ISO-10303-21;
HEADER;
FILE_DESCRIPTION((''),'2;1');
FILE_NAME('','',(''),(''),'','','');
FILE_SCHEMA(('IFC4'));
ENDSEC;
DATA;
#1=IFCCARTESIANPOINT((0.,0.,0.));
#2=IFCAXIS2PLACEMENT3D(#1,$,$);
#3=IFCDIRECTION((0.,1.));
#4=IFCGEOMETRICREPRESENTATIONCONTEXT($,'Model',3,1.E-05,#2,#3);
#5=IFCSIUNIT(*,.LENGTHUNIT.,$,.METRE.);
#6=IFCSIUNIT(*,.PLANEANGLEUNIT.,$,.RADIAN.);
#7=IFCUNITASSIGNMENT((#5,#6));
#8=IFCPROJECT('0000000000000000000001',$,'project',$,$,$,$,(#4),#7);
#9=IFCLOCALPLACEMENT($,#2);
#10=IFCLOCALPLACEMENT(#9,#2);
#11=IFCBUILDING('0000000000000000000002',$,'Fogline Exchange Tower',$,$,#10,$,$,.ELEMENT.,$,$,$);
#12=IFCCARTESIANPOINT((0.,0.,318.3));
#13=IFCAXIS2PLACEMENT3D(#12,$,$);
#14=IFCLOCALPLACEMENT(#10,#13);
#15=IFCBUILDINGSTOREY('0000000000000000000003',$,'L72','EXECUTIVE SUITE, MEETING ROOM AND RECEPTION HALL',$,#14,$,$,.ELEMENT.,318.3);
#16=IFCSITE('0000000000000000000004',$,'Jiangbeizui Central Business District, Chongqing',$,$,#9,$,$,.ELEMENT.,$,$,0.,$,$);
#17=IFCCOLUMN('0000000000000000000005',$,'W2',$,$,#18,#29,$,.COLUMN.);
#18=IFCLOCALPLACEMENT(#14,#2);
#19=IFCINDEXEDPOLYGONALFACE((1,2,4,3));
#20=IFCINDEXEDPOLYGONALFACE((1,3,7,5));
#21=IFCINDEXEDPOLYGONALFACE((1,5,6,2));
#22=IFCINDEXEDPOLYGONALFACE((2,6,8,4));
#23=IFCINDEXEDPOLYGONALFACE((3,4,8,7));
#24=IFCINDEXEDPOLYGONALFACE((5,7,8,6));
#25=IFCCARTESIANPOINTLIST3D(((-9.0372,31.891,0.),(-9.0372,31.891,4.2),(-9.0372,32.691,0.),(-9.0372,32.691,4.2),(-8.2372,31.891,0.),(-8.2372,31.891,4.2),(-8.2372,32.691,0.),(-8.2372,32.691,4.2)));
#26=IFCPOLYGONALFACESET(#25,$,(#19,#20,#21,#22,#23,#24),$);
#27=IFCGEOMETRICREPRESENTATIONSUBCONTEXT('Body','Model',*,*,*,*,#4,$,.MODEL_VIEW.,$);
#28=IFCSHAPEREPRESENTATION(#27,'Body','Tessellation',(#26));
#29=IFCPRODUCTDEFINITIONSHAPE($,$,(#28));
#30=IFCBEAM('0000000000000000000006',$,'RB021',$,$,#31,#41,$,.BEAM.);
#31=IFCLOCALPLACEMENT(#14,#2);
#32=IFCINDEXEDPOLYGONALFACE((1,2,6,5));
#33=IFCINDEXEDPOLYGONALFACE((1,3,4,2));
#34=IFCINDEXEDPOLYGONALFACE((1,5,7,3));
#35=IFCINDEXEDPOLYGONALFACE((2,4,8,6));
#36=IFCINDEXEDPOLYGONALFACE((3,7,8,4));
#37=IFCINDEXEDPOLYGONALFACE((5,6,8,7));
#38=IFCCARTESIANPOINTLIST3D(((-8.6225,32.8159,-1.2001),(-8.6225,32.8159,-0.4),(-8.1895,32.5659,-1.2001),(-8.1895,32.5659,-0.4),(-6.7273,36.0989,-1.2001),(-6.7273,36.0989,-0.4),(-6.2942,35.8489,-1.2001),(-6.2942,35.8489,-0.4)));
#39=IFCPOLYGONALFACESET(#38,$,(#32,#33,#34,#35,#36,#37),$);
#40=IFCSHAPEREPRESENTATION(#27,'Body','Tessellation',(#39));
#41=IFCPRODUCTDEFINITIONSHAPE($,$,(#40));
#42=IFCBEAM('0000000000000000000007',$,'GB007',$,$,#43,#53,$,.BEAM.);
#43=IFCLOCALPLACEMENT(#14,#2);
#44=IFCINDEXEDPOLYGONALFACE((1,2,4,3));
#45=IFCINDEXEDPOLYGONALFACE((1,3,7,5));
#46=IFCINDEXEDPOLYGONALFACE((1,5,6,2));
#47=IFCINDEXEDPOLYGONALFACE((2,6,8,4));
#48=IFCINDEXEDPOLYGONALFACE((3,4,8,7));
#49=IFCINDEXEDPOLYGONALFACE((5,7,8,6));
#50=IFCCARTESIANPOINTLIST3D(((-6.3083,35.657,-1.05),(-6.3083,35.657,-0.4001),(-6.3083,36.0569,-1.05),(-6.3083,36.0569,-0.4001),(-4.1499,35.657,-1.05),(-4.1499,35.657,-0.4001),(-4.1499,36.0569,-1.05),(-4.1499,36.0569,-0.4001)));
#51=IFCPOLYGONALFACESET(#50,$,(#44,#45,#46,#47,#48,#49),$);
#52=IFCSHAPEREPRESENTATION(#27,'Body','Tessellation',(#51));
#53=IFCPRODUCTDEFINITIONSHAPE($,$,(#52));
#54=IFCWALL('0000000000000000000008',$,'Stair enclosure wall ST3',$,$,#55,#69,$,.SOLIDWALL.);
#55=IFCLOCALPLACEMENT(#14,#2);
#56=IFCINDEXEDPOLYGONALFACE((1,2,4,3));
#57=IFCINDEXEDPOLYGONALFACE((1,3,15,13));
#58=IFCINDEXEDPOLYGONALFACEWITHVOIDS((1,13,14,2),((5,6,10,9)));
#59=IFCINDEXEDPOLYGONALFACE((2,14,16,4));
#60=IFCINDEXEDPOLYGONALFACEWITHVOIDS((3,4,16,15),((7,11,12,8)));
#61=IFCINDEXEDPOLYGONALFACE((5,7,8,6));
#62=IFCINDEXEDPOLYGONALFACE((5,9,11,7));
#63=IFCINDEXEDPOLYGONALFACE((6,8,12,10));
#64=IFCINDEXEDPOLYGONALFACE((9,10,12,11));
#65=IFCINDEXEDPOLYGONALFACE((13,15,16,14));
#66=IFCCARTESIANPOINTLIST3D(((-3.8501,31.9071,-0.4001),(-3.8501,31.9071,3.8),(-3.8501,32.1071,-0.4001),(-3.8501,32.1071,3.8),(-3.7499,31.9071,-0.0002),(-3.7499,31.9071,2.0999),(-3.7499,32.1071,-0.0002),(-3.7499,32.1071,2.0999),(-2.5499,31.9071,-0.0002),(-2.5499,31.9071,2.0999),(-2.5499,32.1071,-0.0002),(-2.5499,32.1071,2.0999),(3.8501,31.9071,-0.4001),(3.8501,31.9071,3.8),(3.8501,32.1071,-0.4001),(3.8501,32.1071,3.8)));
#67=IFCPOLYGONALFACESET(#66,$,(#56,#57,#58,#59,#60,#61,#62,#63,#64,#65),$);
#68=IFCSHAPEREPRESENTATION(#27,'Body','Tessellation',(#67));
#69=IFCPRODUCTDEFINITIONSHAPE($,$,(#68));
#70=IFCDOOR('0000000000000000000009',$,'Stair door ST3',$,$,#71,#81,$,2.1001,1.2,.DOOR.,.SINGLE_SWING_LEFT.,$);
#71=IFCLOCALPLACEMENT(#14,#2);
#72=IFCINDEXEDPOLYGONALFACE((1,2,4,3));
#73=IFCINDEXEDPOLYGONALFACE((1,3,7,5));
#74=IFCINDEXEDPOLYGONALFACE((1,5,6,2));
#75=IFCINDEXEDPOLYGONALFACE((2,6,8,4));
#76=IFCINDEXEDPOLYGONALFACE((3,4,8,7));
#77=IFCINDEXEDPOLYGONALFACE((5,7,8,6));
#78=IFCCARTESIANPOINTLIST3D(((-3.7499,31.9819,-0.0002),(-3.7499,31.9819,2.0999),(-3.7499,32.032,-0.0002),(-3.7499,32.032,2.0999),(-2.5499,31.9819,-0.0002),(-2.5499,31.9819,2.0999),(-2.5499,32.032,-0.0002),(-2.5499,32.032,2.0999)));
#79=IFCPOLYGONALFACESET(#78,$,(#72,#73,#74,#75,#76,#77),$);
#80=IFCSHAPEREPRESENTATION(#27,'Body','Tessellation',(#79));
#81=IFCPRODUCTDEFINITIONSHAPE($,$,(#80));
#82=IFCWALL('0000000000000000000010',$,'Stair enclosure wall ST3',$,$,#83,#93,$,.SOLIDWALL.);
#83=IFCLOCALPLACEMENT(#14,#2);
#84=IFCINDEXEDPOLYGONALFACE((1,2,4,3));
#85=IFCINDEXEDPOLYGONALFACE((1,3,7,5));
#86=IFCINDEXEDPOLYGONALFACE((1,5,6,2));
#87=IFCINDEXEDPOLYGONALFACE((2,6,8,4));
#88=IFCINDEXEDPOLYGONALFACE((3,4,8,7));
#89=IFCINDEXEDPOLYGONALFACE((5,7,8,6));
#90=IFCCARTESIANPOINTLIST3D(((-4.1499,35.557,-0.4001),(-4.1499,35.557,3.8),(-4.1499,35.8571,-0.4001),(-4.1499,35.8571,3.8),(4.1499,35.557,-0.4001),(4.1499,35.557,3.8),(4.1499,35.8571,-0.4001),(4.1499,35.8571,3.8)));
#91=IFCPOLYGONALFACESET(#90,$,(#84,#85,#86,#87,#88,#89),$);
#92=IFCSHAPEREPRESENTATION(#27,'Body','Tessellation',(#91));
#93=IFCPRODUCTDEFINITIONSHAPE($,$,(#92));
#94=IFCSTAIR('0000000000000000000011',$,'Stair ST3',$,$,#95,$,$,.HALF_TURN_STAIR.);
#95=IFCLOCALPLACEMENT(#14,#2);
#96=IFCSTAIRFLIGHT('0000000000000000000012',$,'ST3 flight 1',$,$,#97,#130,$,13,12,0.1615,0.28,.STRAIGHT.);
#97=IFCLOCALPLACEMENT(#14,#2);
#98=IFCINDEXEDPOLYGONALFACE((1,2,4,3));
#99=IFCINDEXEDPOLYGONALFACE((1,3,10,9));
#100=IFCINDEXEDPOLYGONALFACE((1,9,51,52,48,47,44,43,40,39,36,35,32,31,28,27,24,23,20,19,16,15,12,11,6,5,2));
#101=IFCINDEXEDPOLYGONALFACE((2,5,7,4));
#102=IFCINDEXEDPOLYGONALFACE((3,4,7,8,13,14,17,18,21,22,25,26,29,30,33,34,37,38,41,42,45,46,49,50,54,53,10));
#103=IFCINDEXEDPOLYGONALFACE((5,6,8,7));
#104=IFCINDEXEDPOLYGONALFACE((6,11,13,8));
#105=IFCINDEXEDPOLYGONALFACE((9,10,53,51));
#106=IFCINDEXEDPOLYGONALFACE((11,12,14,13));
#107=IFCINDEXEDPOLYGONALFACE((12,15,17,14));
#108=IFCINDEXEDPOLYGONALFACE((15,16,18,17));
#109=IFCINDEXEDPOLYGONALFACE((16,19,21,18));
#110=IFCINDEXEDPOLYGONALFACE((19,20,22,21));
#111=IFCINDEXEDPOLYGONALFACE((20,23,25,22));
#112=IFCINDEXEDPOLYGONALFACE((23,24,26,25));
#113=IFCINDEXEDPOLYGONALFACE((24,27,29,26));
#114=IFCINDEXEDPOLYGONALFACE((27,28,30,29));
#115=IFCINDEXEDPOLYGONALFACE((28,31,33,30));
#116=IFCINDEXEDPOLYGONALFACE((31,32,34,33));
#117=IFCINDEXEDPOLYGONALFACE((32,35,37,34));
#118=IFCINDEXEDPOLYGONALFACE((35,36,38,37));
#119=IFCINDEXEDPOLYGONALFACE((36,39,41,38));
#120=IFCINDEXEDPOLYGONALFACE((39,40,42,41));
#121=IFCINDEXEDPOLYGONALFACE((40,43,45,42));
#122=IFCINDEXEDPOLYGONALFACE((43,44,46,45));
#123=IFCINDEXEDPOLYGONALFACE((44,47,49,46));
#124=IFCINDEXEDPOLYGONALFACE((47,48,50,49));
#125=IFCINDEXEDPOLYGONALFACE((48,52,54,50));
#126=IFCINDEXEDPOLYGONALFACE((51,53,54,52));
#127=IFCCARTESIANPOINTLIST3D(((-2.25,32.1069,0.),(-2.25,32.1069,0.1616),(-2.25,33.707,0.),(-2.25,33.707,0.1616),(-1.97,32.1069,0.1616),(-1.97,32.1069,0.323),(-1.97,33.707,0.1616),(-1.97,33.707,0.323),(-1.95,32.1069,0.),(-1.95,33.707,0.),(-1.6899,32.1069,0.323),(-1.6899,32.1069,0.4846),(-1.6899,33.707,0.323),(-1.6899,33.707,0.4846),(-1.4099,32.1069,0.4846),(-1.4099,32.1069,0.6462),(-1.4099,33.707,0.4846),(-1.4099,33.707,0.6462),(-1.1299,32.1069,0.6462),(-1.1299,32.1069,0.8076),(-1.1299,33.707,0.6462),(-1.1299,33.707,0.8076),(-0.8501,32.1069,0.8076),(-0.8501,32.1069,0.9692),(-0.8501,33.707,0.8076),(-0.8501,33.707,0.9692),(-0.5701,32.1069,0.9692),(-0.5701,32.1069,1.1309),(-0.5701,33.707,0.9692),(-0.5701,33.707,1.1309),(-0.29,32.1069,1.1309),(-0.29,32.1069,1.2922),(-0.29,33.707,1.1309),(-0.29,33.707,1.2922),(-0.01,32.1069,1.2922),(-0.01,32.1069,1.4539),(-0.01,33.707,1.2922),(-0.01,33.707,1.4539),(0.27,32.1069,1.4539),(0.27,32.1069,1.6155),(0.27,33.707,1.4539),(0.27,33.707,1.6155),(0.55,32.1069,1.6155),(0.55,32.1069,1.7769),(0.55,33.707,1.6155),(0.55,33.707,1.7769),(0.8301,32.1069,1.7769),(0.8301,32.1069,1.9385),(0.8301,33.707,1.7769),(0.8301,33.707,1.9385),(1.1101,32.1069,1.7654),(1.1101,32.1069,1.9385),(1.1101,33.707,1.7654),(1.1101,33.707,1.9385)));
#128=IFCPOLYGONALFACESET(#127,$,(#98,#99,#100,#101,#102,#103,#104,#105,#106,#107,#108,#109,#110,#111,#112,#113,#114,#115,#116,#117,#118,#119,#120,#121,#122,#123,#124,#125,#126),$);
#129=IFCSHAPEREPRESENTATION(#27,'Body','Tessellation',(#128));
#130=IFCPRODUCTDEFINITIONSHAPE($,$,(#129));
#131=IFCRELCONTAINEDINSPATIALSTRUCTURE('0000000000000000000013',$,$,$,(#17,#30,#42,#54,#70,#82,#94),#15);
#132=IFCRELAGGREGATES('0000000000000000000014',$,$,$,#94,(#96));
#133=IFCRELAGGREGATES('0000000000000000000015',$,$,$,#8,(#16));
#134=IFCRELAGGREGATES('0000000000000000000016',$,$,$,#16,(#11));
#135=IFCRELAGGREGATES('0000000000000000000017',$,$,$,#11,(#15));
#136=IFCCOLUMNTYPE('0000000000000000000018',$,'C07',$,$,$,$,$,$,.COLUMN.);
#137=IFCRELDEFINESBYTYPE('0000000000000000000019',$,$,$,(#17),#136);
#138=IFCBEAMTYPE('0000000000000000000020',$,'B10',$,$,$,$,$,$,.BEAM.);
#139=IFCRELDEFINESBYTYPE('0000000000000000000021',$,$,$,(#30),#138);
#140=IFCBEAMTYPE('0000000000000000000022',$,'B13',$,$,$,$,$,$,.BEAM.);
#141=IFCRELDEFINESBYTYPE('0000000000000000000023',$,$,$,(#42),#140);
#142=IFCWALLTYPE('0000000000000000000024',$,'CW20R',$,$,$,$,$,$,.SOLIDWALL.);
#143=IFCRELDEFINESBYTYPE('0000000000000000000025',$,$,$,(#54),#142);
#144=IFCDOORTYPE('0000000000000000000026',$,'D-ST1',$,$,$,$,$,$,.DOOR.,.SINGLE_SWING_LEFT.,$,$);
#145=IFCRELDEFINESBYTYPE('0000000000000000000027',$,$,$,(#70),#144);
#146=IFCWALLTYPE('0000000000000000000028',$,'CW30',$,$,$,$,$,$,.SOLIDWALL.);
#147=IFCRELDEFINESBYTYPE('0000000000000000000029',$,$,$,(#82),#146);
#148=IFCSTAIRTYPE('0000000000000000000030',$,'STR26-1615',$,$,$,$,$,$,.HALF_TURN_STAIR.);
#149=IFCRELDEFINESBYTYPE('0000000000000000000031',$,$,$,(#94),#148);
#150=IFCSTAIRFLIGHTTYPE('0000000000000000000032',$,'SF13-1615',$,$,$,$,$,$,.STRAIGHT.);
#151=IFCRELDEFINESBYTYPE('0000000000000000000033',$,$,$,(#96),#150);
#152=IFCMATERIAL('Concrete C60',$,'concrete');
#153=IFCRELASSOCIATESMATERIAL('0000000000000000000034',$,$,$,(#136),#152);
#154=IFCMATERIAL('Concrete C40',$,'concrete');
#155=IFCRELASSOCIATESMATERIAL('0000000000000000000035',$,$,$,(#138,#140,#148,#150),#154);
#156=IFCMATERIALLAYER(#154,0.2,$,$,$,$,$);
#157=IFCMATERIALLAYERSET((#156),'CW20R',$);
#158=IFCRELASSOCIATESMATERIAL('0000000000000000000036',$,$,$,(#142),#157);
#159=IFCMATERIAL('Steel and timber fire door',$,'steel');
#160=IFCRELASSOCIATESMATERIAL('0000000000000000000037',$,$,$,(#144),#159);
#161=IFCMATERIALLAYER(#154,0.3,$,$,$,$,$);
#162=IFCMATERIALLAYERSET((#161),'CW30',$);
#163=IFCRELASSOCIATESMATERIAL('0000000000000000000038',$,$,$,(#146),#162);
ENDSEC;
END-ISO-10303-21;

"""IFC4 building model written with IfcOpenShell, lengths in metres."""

from ifc_helpers import new_model, si_unit, direction, frame, frame_2d, origin, origin_2d, place, context, subcontext, project, spatial, polyline, rectangle, outline, extrude, material, layer, layer_set, material_profile, profile_set, type_object, element, fill, aggregate, save


model = new_model("IFC4")

# Units and contexts
model_context = context("Model", 3, precision=1e-05, world=origin(), true_north=direction((0.0, 1.0)))
body_context = subcontext(model_context, "Body", "Model", "MODEL_VIEW")
ifc_project = project(units=[si_unit("LENGTHUNIT", "METRE"), si_unit("PLANEANGLEUNIT", "RADIAN")], contexts=[model_context])

# Site, building, storey
site_placement = place(None, origin())
site = spatial("IfcSite", under=ifc_project, at=site_placement, Name="Jiangbeizui Central Business District, Chongqing", CompositionType="ELEMENT", RefElevation=0.0)
building_placement = place(site_placement, origin())
building = spatial("IfcBuilding", under=site, at=building_placement, Name="Fogline Exchange Tower", CompositionType="ELEMENT")
storey_placement = place(building_placement, frame((0.0, 0.0, 318.3)))
storey = spatial("IfcBuildingStorey", under=building, at=storey_placement, Name="L72", Description="EXECUTIVE SUITE, MEETING ROOM AND RECEPTION HALL", CompositionType="ELEMENT", Elevation=318.3)

# Column
ifc_material_1 = material(Name="Concrete C60", Category="concrete")
ifc_material_profile_1 = material_profile(ifc_material_1, rectangle(XDim=0.8, YDim=0.8, at=origin_2d()), Name="RC 800x800")
ifc_profile_set_1 = profile_set([ifc_material_profile_1], Name="Concrete C60")
column_type = type_object("IfcColumnType", Name="C07", PredefinedType="COLUMN", material=ifc_profile_set_1)
column_placement = place(storey_placement, frame((-8.6372, 32.291, 0.0), z_axis=(0.0, 0.0, 1.0), x_axis=(1.0, 0.0, 0.0)))
element("IfcColumn", 1, at=column_placement, inside=storey, type_object=column_type, Name="W2", PredefinedType="COLUMN", context=body_context, shape_type="SweptSolid", body=[
    extrude(rectangle(XDim=0.8, YDim=0.8, at=origin_2d()), origin(), (0.0, 0.0, 1.0), 4.2),
])

# Beams
ifc_material_2 = material(Name="Concrete C40", Category="concrete")
ifc_material_profile_2 = material_profile(ifc_material_2, rectangle(XDim=0.5, YDim=0.8, at=origin_2d()), Name="RC 500x800")
ifc_profile_set_2 = profile_set([ifc_material_profile_2], Name="Concrete C40")
beam_type_1 = type_object("IfcBeamType", Name="B10", PredefinedType="BEAM", material=ifc_profile_set_2)
beam_1_placement = place(storey_placement, frame((-6.5107, 35.9739, -0.8), z_axis=(-0.49997, -0.866043, 0.0), x_axis=(0.866043, -0.49997, 0.0)))
element("IfcBeam", 2, at=beam_1_placement, inside=storey, type_object=beam_type_1, Name="RB021", PredefinedType="BEAM", context=body_context, shape_type="SweptSolid", body=[
    extrude(rectangle(XDim=0.5, YDim=0.8, at=origin_2d()), origin(), (0.0, 0.0, 1.0), 3.7908),
])
ifc_material_profile_3 = material_profile(ifc_material_2, rectangle(XDim=0.3999, YDim=0.6499, at=origin_2d()), Name="RC 400x650")
ifc_profile_set_3 = profile_set([ifc_material_profile_3], Name="Concrete C40")
beam_type_2 = type_object("IfcBeamType", Name="B13", PredefinedType="BEAM", material=ifc_profile_set_3)
beam_2_placement = place(storey_placement, frame((-6.3083, 35.8569, -0.7251), z_axis=(1.0, 0.0, 0.0), x_axis=(0.0, 1.0, 0.0)))
element("IfcBeam", 3, at=beam_2_placement, inside=storey, type_object=beam_type_2, Name="GB007", PredefinedType="BEAM", context=body_context, shape_type="SweptSolid", body=[
    extrude(rectangle(XDim=0.3999, YDim=0.6499, at=origin_2d()), origin(), (0.0, 0.0, 1.0), 2.1584),
])

# Wall, opening, door
ifc_layer_1 = layer(ifc_material_2, 0.2)
ifc_layer_set_1 = layer_set([ifc_layer_1], Name="CW20R")
wall_type_1 = type_object("IfcWallType", Name="CW20R", PredefinedType="SOLIDWALL", material=ifc_layer_set_1)
wall_1_placement = place(storey_placement, frame((-3.8501, 32.0071, -0.4001), z_axis=(0.0, 0.0, 1.0), x_axis=(1.0, 0.0, 0.0)))
wall_1 = element("IfcWall", 4, at=wall_1_placement, inside=storey, type_object=wall_type_1, Name="Stair enclosure wall ST3", PredefinedType="SOLIDWALL", context=body_context, shape_type="SweptSolid", body=[
    extrude(rectangle(XDim=7.7002, YDim=0.2, at=frame_2d((3.8501, 0.0))), origin(), (0.0, 0.0, 1.0), 4.2002),
])
opening_placement = place(wall_1_placement, frame((0.1001, 0.0, 0.3999)))
opening = element("IfcOpeningElement", 5, at=opening_placement, cuts=wall_1, PredefinedType="OPENING", context=body_context, shape_type="SweptSolid", body=[
    extrude(rectangle(XDim=1.2, YDim=2.1001, at=frame_2d((0.6001, 1.05))), frame((0.0, 0.1099, 0.0), z_axis=(0.0, -1.0, 0.0), x_axis=(1.0, 0.0, 0.0)), (0.0, 0.0, 1.0), 0.22),
])
ifc_material_3 = material(Name="Steel and timber fire door", Category="steel")
door_type = type_object("IfcDoorType", Name="D-ST1", OperationType="SINGLE_SWING_LEFT", PredefinedType="DOOR", material=ifc_material_3)
door_placement = place(opening_placement, origin())
door = element("IfcDoor", 6, at=door_placement, inside=storey, type_object=door_type, Name="Stair door ST3", OperationType="SINGLE_SWING_LEFT", OverallHeight=2.1001, OverallWidth=1.2, PredefinedType="DOOR", context=body_context, shape_type="SweptSolid", body=[
    extrude(rectangle(XDim=1.2, YDim=2.1001, at=frame_2d((0.6001, 1.05))), frame((0.0, 0.0249, 0.0), z_axis=(0.0, -1.0, 0.0), x_axis=(1.0, 0.0, 0.0)), (0.0, 0.0, 1.0), 0.05),
])
fill(opening, door)

# Wall
ifc_layer_2 = layer(ifc_material_2, 0.3)
ifc_layer_set_2 = layer_set([ifc_layer_2], Name="CW30")
wall_type_2 = type_object("IfcWallType", Name="CW30", PredefinedType="SOLIDWALL", material=ifc_layer_set_2)
wall_2_placement = place(storey_placement, frame((-4.1499, 35.707, -0.4001), z_axis=(0.0, 0.0, 1.0), x_axis=(1.0, 0.0, 0.0)))
element("IfcWall", 7, at=wall_2_placement, inside=storey, type_object=wall_type_2, Name="Stair enclosure wall ST3", PredefinedType="SOLIDWALL", context=body_context, shape_type="SweptSolid", body=[
    extrude(rectangle(XDim=8.2998, YDim=0.3, at=frame_2d((4.1499, 0.0))), origin(), (0.0, 0.0, 1.0), 4.2002),
])

# Stair, stair flight
stair_type = type_object("IfcStairType", Name="STR26-1615", PredefinedType="HALF_TURN_STAIR", material=ifc_material_2)
stair_placement = place(storey_placement, origin())
stair = element("IfcStair", 8, at=stair_placement, inside=storey, type_object=stair_type, Name="Stair ST3", PredefinedType="HALF_TURN_STAIR")
stair_flight_type = type_object("IfcStairFlightType", Name="SF13-1615", PredefinedType="STRAIGHT", material=ifc_material_2)
stair_flight_placement = place(storey_placement, frame((-2.25, 32.907, 0.0), z_axis=(0.0, 0.0, 1.0), x_axis=(1.0, 0.0, 0.0)))
stair_flight = element("IfcStairFlight", 9, at=stair_flight_placement, type_object=stair_flight_type, Name="ST3 flight 1", NumberOfRisers=13, NumberOfTreads=12, PredefinedType="STRAIGHT", RiserHeight=0.1615, TreadLength=0.28, context=body_context, shape_type="SweptSolid", body=[
    extrude(outline(polyline([(0.0, 0.0), (0.0, 0.1616), (0.28, 0.1616), (0.28, 0.323), (0.5601, 0.323), (0.5601, 0.4846), (0.8401, 0.4846), (0.8401, 0.6462), (1.1201, 0.6462), (1.1201, 0.8076), (1.3999, 0.8076), (1.3999, 0.9692), (1.6799, 0.9692), (1.6799, 1.1309), (1.96, 1.1309), (1.96, 1.2922), (2.24, 1.2922), (2.24, 1.4539), (2.52, 1.4539), (2.52, 1.6155), (2.8, 1.6155), (2.8, 1.7769), (3.0801, 1.7769), (3.0801, 1.9385), (3.3601, 1.9385), (3.3601, 2.1001), (3.3601, 1.7654), (0.3, 0.0), (0.0, 0.0)])), frame((0.0, 0.8, 0.0), z_axis=(0.0, -1.0, 0.0), x_axis=(1.0, 0.0, 0.0)), (0.0, 0.0, 1.0), 1.6001),
])
aggregate(stair, [stair_flight])

save(model, "model.ifc")
